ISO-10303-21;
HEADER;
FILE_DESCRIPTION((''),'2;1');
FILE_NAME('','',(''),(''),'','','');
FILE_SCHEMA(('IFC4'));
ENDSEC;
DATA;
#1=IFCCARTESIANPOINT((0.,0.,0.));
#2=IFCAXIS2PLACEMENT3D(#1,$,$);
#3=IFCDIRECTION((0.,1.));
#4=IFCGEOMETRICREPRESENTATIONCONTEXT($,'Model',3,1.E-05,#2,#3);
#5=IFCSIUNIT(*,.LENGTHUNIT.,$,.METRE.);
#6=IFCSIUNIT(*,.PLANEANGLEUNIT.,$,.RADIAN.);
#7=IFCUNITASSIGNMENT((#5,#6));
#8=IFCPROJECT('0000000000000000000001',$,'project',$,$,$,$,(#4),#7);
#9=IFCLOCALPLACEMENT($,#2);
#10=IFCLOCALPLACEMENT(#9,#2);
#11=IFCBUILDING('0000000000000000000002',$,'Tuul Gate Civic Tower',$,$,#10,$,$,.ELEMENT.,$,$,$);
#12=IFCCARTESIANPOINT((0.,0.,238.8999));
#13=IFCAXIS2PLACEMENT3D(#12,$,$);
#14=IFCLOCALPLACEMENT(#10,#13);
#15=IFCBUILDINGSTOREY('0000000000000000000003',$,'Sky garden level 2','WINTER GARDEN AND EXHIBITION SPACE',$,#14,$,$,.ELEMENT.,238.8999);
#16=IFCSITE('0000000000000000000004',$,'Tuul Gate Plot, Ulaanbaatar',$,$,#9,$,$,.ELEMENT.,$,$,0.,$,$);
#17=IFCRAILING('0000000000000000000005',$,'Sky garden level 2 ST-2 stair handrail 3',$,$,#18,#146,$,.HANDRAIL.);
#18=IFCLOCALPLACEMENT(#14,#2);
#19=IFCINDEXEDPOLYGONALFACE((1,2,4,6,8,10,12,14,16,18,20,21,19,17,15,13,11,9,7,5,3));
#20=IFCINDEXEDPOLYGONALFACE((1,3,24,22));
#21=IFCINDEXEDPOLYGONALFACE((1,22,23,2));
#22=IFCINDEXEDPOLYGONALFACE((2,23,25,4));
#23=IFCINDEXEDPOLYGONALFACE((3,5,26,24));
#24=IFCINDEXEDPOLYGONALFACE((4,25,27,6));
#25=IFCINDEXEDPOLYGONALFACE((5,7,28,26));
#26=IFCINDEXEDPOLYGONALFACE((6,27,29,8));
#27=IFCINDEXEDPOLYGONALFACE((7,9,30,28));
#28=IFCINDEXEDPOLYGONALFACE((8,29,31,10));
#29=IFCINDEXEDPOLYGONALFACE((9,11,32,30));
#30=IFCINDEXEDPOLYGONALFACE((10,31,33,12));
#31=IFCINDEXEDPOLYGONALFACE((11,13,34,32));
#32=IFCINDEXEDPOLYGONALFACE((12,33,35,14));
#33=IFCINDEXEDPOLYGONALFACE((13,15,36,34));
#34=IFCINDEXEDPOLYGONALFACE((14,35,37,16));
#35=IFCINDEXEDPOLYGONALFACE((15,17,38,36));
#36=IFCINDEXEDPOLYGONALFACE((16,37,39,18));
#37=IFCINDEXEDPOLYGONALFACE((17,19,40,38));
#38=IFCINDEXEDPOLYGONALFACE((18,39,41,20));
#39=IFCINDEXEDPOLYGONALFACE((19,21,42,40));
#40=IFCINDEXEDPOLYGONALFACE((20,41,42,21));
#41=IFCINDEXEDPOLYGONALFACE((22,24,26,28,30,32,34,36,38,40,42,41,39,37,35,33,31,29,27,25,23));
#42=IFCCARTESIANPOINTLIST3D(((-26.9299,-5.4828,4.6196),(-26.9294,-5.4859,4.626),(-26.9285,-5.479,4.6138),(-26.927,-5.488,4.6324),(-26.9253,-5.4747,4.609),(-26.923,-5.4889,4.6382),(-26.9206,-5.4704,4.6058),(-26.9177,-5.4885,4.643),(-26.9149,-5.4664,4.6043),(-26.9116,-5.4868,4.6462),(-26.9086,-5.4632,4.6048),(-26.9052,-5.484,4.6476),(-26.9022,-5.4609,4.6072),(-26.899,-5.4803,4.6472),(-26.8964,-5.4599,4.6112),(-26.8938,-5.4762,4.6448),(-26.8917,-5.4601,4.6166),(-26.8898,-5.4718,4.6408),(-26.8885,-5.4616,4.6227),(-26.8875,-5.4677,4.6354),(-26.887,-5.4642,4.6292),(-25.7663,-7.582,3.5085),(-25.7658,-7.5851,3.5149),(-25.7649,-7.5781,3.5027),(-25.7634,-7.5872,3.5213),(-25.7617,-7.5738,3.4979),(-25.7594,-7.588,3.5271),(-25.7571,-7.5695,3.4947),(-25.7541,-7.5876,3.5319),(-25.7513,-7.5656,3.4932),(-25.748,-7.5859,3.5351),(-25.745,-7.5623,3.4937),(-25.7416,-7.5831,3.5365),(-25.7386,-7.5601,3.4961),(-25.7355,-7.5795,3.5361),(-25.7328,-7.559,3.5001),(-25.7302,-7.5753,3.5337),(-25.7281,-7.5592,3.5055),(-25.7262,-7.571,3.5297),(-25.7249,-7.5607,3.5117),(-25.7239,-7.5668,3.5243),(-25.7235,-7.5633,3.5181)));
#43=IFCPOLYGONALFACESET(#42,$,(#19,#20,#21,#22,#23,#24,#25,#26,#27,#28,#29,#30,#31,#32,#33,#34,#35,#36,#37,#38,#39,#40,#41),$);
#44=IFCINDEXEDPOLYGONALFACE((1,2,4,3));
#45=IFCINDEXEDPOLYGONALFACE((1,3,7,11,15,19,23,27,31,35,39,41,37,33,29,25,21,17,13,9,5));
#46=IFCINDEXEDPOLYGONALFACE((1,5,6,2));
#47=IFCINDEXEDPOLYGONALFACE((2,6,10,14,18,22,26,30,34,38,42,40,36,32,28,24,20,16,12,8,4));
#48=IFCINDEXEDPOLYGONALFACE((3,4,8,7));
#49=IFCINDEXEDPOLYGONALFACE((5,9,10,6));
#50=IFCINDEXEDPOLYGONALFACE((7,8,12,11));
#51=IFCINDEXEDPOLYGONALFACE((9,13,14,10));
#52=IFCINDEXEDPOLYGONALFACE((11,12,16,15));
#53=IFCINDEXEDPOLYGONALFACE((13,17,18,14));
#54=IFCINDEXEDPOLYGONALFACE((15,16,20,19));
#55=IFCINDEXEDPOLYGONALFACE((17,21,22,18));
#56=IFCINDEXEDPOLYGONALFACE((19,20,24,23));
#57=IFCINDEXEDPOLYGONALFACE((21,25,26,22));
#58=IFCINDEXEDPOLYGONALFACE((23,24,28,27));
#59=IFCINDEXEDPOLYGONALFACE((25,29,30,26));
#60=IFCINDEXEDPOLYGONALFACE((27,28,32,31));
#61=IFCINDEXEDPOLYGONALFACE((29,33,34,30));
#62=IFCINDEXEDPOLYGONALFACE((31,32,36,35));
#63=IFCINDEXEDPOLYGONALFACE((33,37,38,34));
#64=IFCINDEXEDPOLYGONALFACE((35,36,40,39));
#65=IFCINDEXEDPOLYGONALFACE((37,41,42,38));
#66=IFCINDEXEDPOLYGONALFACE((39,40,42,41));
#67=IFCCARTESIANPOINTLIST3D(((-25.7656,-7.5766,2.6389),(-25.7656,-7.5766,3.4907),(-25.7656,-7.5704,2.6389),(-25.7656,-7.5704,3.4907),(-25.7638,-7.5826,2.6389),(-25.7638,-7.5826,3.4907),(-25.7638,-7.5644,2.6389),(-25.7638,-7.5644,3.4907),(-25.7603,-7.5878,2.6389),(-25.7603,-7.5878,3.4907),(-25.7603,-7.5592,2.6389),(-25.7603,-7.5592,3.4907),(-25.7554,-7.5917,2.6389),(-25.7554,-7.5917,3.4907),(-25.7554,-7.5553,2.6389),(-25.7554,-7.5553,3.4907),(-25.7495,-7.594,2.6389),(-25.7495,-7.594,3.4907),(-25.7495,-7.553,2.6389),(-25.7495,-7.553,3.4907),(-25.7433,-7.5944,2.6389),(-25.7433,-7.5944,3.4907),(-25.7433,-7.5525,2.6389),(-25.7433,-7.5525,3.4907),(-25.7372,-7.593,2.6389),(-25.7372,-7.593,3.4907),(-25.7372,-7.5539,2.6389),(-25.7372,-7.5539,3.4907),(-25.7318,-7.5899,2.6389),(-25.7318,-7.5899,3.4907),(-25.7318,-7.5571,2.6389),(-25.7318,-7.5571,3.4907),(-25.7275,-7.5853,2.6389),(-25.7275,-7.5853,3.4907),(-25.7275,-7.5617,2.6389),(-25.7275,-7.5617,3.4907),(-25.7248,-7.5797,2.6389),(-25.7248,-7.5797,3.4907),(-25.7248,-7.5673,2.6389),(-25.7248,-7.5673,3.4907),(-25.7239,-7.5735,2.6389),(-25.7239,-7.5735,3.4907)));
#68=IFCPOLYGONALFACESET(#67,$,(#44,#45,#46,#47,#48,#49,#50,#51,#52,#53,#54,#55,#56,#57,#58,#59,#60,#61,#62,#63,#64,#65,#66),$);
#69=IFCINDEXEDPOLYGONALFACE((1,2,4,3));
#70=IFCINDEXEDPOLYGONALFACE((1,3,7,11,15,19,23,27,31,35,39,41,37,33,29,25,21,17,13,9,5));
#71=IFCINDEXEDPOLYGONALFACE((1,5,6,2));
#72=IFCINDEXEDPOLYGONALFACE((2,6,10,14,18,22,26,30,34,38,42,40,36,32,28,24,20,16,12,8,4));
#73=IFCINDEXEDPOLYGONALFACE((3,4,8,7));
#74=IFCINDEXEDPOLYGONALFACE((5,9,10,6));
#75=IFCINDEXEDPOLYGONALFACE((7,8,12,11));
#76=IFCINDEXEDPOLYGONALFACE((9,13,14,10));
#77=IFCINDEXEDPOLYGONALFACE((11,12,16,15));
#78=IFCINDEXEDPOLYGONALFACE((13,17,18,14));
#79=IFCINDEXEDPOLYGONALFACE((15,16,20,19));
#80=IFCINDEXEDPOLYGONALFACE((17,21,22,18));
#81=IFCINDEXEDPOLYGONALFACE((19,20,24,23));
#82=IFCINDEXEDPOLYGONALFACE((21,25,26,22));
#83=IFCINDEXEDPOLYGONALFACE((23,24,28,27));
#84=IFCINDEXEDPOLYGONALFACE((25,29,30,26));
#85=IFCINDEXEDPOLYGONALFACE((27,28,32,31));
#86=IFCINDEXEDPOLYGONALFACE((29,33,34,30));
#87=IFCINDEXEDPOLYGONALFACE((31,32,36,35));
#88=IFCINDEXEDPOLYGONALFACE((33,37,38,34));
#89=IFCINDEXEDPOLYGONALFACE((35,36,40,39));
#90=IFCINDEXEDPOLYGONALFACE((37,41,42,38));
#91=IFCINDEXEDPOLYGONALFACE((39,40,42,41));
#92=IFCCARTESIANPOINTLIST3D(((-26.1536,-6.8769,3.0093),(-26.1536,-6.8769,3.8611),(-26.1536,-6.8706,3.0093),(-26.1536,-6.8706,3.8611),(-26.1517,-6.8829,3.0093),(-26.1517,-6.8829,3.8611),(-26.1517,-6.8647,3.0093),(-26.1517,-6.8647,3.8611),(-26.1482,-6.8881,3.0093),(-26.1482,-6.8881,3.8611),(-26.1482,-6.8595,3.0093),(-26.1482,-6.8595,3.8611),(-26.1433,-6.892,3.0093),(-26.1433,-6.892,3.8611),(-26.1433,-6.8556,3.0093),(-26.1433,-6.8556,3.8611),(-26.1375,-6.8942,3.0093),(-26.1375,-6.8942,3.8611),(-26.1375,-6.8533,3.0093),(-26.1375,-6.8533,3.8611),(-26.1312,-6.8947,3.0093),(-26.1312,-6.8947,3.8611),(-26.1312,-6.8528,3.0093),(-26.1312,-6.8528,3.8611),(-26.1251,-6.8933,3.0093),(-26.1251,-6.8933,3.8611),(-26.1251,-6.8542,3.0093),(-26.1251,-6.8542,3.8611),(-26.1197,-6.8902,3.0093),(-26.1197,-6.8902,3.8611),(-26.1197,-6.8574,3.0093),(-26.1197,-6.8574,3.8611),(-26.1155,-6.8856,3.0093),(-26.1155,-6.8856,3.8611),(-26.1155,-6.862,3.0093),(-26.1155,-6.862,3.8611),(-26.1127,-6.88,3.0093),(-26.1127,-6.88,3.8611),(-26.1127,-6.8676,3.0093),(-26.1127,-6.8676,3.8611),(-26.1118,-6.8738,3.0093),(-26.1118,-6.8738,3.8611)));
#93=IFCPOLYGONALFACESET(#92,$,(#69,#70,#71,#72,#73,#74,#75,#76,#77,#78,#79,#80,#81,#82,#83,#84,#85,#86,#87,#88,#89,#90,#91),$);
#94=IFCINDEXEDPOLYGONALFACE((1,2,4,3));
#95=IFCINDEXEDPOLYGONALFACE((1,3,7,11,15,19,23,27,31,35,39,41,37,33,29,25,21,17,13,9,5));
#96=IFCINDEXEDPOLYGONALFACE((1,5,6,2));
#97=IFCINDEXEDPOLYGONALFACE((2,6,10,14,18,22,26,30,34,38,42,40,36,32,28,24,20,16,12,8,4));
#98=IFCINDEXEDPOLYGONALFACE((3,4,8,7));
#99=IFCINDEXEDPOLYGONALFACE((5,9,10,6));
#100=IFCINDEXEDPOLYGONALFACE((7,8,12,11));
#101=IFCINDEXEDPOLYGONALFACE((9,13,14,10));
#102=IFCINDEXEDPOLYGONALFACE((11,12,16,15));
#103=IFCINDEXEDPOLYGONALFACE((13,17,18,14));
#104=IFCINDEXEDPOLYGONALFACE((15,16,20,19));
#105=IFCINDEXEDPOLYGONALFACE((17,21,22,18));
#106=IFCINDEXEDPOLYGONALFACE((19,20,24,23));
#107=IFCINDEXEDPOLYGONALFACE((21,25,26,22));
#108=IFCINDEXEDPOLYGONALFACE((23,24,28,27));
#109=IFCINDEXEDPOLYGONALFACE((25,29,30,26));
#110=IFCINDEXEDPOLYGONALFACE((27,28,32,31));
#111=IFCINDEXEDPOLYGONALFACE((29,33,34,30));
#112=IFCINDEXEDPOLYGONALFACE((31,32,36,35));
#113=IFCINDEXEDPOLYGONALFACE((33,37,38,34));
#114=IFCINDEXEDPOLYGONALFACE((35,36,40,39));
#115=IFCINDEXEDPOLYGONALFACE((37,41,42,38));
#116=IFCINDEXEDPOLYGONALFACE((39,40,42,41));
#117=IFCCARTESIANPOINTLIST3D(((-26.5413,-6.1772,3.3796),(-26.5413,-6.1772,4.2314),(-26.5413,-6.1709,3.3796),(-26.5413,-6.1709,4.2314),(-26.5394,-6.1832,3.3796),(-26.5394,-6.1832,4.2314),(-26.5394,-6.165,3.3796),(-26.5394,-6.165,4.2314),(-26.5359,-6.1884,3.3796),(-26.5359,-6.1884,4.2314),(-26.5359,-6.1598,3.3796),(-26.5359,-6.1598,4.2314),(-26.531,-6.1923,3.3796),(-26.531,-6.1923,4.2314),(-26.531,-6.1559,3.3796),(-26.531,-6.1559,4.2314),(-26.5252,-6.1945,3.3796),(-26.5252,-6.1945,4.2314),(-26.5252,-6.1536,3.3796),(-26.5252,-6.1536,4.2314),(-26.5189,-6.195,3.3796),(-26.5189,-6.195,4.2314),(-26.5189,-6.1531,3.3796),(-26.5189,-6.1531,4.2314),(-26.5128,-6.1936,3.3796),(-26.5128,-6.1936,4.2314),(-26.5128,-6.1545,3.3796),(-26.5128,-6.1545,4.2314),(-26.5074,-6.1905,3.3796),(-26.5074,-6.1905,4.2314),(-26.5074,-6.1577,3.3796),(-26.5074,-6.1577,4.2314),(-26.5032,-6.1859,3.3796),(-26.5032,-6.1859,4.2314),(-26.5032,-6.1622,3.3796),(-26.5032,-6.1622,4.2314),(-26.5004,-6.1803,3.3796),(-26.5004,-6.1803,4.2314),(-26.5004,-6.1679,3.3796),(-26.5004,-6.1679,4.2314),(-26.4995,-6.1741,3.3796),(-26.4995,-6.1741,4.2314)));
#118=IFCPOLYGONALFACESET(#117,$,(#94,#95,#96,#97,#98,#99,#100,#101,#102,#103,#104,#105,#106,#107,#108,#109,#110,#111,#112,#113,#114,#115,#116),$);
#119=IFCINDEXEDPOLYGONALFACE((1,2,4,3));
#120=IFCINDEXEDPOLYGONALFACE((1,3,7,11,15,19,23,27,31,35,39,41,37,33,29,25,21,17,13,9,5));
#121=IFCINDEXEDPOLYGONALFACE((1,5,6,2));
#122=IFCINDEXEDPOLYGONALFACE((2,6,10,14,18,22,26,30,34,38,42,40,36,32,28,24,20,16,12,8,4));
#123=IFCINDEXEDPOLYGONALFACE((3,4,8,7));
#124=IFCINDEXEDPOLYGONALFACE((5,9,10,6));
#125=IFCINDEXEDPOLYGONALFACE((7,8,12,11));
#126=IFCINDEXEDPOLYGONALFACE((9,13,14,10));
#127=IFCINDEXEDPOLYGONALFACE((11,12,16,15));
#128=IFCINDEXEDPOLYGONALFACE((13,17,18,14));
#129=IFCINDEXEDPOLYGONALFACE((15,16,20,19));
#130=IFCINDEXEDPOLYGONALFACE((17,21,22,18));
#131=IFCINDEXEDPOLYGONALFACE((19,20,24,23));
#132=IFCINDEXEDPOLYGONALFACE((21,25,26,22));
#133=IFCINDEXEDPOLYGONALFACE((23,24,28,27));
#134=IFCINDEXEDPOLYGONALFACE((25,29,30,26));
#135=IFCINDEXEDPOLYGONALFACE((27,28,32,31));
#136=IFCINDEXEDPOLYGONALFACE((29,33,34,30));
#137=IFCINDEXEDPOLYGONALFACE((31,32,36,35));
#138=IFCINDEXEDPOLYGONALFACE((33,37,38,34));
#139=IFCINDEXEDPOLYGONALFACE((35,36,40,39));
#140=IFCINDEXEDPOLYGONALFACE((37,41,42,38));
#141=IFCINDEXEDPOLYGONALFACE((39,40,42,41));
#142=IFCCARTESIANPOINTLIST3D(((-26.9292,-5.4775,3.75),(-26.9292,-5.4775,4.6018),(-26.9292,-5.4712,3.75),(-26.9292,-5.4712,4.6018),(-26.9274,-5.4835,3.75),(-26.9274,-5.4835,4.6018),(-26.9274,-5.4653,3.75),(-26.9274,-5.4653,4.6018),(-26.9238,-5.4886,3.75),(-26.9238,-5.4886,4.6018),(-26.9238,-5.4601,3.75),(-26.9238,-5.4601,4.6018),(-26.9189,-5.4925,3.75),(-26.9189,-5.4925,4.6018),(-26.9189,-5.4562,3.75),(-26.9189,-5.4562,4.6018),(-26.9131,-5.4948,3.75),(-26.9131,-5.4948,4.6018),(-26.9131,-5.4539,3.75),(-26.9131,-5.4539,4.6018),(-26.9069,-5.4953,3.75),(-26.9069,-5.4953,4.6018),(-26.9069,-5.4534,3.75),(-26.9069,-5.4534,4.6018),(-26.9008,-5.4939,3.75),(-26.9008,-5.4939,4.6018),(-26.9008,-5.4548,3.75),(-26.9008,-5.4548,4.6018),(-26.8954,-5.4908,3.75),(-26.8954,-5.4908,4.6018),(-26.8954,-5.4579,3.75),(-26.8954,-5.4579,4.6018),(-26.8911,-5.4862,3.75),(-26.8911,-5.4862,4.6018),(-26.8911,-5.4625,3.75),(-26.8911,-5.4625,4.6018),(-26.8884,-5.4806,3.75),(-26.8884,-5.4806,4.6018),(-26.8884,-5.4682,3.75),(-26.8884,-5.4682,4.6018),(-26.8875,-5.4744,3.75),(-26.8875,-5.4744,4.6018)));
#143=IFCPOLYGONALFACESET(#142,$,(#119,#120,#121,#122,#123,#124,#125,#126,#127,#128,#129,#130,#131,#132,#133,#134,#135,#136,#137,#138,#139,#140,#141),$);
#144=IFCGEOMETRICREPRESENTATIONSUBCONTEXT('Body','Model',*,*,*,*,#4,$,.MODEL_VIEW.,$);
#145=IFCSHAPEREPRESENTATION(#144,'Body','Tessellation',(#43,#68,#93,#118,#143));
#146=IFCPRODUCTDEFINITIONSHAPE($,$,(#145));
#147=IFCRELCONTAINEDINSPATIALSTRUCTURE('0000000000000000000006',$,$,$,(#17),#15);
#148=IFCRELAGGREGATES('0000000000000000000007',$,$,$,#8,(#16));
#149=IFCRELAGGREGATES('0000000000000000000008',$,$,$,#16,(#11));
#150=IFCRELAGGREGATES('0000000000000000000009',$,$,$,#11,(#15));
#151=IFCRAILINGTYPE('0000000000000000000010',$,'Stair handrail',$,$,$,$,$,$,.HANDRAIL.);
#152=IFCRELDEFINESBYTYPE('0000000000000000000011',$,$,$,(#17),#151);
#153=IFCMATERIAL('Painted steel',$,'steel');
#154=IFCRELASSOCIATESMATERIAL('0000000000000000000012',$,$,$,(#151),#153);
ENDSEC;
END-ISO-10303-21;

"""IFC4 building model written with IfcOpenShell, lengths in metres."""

from ifc_helpers import new_model, si_unit, direction, frame, origin, origin_2d, place, context, subcontext, project, spatial, circle, extrude, material, type_object, element, save


model = new_model("IFC4")

# Units and contexts
model_context = context("Model", 3, precision=1e-05, world=origin(), true_north=direction((0.0, 1.0)))
body_context = subcontext(model_context, "Body", "Model", "MODEL_VIEW")
ifc_project = project(units=[si_unit("LENGTHUNIT", "METRE"), si_unit("PLANEANGLEUNIT", "RADIAN")], contexts=[model_context])

# Site, building, storey
site_placement = place(None, origin())
site = spatial("IfcSite", under=ifc_project, at=site_placement, Name="Tuul Gate Plot, Ulaanbaatar", CompositionType="ELEMENT", RefElevation=0.0)
building_placement = place(site_placement, origin())
building = spatial("IfcBuilding", under=site, at=building_placement, Name="Tuul Gate Civic Tower", CompositionType="ELEMENT")
storey_placement = place(building_placement, frame((0.0, 0.0, 238.8999)))
storey = spatial("IfcBuildingStorey", under=building, at=storey_placement, Name="Sky garden level 2", Description="WINTER GARDEN AND EXHIBITION SPACE", CompositionType="ELEMENT", Elevation=238.8999)

# Railing
ifc_material_1 = material(Name="Painted steel", Category="steel")
railing_type = type_object("IfcRailingType", Name="Stair handrail", PredefinedType="HANDRAIL", material=ifc_material_1)
for number, where, name in (
    (1, (-25.7449, -7.5735, 2.6389), "Sky garden level 2 ST-2 stair handrail 3"),
):
    element("IfcRailing", number, at=place(storey_placement, frame(where)), inside=storey, type_object=railing_type, Name=name, PredefinedType="HANDRAIL", context=body_context, shape_type="SweptSolid", body=[
        extrude(circle(Radius=0.0239, at=origin_2d()), frame((0.0, 0.0, 0.876), z_axis=(-0.439956, 0.793692, 0.420109), x_axis=(-0.874618, -0.484814, 0.0)), (0.0, 0.0, 1.0), 2.6448),
        extrude(circle(Radius=0.021, at=origin_2d()), origin(), (0.0, 0.0, 1.0), 0.8518),
        extrude(circle(Radius=0.021, at=origin_2d()), frame((-0.3879, 0.6997, 0.3704)), (0.0, 0.0, 1.0), 0.8518),
        extrude(circle(Radius=0.021, at=origin_2d()), frame((-0.7756, 1.3994, 0.7407)), (0.0, 0.0, 1.0), 0.8518),
        extrude(circle(Radius=0.021, at=origin_2d()), frame((-1.1636, 2.0991, 1.1111)), (0.0, 0.0, 1.0), 0.8518),
    ])

save(model, "model.ifc")
